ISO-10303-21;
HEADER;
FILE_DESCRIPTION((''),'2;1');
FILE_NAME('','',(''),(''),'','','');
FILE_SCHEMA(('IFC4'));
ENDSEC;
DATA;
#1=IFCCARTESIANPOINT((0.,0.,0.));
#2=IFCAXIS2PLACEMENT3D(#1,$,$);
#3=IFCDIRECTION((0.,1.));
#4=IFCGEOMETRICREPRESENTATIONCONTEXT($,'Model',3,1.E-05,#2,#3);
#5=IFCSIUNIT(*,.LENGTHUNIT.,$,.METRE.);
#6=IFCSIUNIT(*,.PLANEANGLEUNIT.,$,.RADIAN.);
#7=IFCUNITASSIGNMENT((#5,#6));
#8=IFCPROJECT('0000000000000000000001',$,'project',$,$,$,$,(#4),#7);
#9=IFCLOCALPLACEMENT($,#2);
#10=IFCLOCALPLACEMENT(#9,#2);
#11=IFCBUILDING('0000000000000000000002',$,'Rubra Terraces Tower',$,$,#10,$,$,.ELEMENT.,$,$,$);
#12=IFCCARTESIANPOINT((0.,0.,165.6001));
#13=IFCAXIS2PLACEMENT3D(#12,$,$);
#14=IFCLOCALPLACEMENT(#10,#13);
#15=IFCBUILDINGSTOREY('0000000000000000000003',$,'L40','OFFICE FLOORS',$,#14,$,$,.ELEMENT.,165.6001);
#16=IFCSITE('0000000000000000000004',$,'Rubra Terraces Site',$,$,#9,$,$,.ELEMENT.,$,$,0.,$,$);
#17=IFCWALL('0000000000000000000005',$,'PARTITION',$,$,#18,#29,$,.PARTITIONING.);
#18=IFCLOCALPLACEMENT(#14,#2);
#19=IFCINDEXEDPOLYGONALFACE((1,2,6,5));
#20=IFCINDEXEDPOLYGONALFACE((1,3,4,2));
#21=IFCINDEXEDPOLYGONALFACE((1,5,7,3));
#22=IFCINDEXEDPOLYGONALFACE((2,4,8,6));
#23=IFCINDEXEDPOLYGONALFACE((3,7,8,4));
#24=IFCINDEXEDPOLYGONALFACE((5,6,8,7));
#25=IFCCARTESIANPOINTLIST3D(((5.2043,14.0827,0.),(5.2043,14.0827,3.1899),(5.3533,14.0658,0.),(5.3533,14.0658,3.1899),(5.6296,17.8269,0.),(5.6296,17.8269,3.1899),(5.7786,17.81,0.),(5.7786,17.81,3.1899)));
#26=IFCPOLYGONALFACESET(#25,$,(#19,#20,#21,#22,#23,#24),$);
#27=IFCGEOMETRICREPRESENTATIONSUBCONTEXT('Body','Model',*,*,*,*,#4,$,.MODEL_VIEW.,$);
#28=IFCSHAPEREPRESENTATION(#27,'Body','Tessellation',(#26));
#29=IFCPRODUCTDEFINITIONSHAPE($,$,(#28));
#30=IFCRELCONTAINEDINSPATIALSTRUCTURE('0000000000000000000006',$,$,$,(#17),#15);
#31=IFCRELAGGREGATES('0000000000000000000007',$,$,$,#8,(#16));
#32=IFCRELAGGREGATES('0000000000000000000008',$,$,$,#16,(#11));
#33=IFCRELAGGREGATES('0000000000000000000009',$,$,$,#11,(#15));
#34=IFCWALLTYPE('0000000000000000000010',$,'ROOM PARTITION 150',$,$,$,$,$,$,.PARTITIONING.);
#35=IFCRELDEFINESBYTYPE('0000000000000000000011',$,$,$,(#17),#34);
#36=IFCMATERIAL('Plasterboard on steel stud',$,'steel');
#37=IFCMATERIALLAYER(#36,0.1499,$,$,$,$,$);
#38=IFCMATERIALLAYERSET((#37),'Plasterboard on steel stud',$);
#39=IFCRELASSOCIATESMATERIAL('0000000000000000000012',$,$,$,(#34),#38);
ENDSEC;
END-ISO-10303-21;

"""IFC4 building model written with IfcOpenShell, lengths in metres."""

from ifc_helpers import new_model, si_unit, direction, frame, frame_2d, origin, place, context, subcontext, project, spatial, rectangle, extrude, material, layer, layer_set, type_object, element, save


model = new_model("IFC4")

# Units and contexts
model_context = context("Model", 3, precision=1e-05, world=origin(), true_north=direction((0.0, 1.0)))
body_context = subcontext(model_context, "Body", "Model", "MODEL_VIEW")
ifc_project = project(units=[si_unit("LENGTHUNIT", "METRE"), si_unit("PLANEANGLEUNIT", "RADIAN")], contexts=[model_context])

# Site, building, storey
site_placement = place(None, origin())
site = spatial("IfcSite", under=ifc_project, at=site_placement, Name="Rubra Terraces Site", CompositionType="ELEMENT", RefElevation=0.0)
building_placement = place(site_placement, origin())
building = spatial("IfcBuilding", under=site, at=building_placement, Name="Rubra Terraces Tower", CompositionType="ELEMENT")
storey_placement = place(building_placement, frame((0.0, 0.0, 165.6001)))
storey = spatial("IfcBuildingStorey", under=building, at=storey_placement, Name="L40", Description="OFFICE FLOORS", CompositionType="ELEMENT", Elevation=165.6001)

# Shared definitions
ifc_material_1 = material(Name="Plasterboard on steel stud", Category="steel")

# Wall
ifc_layer_1 = layer(ifc_material_1, 0.1499)
ifc_layer_set_1 = layer_set([ifc_layer_1], Name="Plasterboard on steel stud")
wall_type_1 = type_object("IfcWallType", Name="ROOM PARTITION 150", PredefinedType="PARTITIONING", material=ifc_layer_set_1)
wall_1_placement = place(storey_placement, frame((5.7041, 17.8186, 0.0), z_axis=(0.0, 0.0, 1.0), x_axis=(-0.112863, -0.993611, 0.0)))
element("IfcWall", 1, at=wall_1_placement, inside=storey, type_object=wall_type_1, Name="PARTITION", PredefinedType="PARTITIONING", context=body_context, shape_type="SweptSolid", body=[
    extrude(rectangle(XDim=3.7683, YDim=0.1499, at=frame_2d((1.8843, 0.0))), origin(), (0.0, 0.0, 1.0), 3.1899),
])

save(model, "model.ifc")
